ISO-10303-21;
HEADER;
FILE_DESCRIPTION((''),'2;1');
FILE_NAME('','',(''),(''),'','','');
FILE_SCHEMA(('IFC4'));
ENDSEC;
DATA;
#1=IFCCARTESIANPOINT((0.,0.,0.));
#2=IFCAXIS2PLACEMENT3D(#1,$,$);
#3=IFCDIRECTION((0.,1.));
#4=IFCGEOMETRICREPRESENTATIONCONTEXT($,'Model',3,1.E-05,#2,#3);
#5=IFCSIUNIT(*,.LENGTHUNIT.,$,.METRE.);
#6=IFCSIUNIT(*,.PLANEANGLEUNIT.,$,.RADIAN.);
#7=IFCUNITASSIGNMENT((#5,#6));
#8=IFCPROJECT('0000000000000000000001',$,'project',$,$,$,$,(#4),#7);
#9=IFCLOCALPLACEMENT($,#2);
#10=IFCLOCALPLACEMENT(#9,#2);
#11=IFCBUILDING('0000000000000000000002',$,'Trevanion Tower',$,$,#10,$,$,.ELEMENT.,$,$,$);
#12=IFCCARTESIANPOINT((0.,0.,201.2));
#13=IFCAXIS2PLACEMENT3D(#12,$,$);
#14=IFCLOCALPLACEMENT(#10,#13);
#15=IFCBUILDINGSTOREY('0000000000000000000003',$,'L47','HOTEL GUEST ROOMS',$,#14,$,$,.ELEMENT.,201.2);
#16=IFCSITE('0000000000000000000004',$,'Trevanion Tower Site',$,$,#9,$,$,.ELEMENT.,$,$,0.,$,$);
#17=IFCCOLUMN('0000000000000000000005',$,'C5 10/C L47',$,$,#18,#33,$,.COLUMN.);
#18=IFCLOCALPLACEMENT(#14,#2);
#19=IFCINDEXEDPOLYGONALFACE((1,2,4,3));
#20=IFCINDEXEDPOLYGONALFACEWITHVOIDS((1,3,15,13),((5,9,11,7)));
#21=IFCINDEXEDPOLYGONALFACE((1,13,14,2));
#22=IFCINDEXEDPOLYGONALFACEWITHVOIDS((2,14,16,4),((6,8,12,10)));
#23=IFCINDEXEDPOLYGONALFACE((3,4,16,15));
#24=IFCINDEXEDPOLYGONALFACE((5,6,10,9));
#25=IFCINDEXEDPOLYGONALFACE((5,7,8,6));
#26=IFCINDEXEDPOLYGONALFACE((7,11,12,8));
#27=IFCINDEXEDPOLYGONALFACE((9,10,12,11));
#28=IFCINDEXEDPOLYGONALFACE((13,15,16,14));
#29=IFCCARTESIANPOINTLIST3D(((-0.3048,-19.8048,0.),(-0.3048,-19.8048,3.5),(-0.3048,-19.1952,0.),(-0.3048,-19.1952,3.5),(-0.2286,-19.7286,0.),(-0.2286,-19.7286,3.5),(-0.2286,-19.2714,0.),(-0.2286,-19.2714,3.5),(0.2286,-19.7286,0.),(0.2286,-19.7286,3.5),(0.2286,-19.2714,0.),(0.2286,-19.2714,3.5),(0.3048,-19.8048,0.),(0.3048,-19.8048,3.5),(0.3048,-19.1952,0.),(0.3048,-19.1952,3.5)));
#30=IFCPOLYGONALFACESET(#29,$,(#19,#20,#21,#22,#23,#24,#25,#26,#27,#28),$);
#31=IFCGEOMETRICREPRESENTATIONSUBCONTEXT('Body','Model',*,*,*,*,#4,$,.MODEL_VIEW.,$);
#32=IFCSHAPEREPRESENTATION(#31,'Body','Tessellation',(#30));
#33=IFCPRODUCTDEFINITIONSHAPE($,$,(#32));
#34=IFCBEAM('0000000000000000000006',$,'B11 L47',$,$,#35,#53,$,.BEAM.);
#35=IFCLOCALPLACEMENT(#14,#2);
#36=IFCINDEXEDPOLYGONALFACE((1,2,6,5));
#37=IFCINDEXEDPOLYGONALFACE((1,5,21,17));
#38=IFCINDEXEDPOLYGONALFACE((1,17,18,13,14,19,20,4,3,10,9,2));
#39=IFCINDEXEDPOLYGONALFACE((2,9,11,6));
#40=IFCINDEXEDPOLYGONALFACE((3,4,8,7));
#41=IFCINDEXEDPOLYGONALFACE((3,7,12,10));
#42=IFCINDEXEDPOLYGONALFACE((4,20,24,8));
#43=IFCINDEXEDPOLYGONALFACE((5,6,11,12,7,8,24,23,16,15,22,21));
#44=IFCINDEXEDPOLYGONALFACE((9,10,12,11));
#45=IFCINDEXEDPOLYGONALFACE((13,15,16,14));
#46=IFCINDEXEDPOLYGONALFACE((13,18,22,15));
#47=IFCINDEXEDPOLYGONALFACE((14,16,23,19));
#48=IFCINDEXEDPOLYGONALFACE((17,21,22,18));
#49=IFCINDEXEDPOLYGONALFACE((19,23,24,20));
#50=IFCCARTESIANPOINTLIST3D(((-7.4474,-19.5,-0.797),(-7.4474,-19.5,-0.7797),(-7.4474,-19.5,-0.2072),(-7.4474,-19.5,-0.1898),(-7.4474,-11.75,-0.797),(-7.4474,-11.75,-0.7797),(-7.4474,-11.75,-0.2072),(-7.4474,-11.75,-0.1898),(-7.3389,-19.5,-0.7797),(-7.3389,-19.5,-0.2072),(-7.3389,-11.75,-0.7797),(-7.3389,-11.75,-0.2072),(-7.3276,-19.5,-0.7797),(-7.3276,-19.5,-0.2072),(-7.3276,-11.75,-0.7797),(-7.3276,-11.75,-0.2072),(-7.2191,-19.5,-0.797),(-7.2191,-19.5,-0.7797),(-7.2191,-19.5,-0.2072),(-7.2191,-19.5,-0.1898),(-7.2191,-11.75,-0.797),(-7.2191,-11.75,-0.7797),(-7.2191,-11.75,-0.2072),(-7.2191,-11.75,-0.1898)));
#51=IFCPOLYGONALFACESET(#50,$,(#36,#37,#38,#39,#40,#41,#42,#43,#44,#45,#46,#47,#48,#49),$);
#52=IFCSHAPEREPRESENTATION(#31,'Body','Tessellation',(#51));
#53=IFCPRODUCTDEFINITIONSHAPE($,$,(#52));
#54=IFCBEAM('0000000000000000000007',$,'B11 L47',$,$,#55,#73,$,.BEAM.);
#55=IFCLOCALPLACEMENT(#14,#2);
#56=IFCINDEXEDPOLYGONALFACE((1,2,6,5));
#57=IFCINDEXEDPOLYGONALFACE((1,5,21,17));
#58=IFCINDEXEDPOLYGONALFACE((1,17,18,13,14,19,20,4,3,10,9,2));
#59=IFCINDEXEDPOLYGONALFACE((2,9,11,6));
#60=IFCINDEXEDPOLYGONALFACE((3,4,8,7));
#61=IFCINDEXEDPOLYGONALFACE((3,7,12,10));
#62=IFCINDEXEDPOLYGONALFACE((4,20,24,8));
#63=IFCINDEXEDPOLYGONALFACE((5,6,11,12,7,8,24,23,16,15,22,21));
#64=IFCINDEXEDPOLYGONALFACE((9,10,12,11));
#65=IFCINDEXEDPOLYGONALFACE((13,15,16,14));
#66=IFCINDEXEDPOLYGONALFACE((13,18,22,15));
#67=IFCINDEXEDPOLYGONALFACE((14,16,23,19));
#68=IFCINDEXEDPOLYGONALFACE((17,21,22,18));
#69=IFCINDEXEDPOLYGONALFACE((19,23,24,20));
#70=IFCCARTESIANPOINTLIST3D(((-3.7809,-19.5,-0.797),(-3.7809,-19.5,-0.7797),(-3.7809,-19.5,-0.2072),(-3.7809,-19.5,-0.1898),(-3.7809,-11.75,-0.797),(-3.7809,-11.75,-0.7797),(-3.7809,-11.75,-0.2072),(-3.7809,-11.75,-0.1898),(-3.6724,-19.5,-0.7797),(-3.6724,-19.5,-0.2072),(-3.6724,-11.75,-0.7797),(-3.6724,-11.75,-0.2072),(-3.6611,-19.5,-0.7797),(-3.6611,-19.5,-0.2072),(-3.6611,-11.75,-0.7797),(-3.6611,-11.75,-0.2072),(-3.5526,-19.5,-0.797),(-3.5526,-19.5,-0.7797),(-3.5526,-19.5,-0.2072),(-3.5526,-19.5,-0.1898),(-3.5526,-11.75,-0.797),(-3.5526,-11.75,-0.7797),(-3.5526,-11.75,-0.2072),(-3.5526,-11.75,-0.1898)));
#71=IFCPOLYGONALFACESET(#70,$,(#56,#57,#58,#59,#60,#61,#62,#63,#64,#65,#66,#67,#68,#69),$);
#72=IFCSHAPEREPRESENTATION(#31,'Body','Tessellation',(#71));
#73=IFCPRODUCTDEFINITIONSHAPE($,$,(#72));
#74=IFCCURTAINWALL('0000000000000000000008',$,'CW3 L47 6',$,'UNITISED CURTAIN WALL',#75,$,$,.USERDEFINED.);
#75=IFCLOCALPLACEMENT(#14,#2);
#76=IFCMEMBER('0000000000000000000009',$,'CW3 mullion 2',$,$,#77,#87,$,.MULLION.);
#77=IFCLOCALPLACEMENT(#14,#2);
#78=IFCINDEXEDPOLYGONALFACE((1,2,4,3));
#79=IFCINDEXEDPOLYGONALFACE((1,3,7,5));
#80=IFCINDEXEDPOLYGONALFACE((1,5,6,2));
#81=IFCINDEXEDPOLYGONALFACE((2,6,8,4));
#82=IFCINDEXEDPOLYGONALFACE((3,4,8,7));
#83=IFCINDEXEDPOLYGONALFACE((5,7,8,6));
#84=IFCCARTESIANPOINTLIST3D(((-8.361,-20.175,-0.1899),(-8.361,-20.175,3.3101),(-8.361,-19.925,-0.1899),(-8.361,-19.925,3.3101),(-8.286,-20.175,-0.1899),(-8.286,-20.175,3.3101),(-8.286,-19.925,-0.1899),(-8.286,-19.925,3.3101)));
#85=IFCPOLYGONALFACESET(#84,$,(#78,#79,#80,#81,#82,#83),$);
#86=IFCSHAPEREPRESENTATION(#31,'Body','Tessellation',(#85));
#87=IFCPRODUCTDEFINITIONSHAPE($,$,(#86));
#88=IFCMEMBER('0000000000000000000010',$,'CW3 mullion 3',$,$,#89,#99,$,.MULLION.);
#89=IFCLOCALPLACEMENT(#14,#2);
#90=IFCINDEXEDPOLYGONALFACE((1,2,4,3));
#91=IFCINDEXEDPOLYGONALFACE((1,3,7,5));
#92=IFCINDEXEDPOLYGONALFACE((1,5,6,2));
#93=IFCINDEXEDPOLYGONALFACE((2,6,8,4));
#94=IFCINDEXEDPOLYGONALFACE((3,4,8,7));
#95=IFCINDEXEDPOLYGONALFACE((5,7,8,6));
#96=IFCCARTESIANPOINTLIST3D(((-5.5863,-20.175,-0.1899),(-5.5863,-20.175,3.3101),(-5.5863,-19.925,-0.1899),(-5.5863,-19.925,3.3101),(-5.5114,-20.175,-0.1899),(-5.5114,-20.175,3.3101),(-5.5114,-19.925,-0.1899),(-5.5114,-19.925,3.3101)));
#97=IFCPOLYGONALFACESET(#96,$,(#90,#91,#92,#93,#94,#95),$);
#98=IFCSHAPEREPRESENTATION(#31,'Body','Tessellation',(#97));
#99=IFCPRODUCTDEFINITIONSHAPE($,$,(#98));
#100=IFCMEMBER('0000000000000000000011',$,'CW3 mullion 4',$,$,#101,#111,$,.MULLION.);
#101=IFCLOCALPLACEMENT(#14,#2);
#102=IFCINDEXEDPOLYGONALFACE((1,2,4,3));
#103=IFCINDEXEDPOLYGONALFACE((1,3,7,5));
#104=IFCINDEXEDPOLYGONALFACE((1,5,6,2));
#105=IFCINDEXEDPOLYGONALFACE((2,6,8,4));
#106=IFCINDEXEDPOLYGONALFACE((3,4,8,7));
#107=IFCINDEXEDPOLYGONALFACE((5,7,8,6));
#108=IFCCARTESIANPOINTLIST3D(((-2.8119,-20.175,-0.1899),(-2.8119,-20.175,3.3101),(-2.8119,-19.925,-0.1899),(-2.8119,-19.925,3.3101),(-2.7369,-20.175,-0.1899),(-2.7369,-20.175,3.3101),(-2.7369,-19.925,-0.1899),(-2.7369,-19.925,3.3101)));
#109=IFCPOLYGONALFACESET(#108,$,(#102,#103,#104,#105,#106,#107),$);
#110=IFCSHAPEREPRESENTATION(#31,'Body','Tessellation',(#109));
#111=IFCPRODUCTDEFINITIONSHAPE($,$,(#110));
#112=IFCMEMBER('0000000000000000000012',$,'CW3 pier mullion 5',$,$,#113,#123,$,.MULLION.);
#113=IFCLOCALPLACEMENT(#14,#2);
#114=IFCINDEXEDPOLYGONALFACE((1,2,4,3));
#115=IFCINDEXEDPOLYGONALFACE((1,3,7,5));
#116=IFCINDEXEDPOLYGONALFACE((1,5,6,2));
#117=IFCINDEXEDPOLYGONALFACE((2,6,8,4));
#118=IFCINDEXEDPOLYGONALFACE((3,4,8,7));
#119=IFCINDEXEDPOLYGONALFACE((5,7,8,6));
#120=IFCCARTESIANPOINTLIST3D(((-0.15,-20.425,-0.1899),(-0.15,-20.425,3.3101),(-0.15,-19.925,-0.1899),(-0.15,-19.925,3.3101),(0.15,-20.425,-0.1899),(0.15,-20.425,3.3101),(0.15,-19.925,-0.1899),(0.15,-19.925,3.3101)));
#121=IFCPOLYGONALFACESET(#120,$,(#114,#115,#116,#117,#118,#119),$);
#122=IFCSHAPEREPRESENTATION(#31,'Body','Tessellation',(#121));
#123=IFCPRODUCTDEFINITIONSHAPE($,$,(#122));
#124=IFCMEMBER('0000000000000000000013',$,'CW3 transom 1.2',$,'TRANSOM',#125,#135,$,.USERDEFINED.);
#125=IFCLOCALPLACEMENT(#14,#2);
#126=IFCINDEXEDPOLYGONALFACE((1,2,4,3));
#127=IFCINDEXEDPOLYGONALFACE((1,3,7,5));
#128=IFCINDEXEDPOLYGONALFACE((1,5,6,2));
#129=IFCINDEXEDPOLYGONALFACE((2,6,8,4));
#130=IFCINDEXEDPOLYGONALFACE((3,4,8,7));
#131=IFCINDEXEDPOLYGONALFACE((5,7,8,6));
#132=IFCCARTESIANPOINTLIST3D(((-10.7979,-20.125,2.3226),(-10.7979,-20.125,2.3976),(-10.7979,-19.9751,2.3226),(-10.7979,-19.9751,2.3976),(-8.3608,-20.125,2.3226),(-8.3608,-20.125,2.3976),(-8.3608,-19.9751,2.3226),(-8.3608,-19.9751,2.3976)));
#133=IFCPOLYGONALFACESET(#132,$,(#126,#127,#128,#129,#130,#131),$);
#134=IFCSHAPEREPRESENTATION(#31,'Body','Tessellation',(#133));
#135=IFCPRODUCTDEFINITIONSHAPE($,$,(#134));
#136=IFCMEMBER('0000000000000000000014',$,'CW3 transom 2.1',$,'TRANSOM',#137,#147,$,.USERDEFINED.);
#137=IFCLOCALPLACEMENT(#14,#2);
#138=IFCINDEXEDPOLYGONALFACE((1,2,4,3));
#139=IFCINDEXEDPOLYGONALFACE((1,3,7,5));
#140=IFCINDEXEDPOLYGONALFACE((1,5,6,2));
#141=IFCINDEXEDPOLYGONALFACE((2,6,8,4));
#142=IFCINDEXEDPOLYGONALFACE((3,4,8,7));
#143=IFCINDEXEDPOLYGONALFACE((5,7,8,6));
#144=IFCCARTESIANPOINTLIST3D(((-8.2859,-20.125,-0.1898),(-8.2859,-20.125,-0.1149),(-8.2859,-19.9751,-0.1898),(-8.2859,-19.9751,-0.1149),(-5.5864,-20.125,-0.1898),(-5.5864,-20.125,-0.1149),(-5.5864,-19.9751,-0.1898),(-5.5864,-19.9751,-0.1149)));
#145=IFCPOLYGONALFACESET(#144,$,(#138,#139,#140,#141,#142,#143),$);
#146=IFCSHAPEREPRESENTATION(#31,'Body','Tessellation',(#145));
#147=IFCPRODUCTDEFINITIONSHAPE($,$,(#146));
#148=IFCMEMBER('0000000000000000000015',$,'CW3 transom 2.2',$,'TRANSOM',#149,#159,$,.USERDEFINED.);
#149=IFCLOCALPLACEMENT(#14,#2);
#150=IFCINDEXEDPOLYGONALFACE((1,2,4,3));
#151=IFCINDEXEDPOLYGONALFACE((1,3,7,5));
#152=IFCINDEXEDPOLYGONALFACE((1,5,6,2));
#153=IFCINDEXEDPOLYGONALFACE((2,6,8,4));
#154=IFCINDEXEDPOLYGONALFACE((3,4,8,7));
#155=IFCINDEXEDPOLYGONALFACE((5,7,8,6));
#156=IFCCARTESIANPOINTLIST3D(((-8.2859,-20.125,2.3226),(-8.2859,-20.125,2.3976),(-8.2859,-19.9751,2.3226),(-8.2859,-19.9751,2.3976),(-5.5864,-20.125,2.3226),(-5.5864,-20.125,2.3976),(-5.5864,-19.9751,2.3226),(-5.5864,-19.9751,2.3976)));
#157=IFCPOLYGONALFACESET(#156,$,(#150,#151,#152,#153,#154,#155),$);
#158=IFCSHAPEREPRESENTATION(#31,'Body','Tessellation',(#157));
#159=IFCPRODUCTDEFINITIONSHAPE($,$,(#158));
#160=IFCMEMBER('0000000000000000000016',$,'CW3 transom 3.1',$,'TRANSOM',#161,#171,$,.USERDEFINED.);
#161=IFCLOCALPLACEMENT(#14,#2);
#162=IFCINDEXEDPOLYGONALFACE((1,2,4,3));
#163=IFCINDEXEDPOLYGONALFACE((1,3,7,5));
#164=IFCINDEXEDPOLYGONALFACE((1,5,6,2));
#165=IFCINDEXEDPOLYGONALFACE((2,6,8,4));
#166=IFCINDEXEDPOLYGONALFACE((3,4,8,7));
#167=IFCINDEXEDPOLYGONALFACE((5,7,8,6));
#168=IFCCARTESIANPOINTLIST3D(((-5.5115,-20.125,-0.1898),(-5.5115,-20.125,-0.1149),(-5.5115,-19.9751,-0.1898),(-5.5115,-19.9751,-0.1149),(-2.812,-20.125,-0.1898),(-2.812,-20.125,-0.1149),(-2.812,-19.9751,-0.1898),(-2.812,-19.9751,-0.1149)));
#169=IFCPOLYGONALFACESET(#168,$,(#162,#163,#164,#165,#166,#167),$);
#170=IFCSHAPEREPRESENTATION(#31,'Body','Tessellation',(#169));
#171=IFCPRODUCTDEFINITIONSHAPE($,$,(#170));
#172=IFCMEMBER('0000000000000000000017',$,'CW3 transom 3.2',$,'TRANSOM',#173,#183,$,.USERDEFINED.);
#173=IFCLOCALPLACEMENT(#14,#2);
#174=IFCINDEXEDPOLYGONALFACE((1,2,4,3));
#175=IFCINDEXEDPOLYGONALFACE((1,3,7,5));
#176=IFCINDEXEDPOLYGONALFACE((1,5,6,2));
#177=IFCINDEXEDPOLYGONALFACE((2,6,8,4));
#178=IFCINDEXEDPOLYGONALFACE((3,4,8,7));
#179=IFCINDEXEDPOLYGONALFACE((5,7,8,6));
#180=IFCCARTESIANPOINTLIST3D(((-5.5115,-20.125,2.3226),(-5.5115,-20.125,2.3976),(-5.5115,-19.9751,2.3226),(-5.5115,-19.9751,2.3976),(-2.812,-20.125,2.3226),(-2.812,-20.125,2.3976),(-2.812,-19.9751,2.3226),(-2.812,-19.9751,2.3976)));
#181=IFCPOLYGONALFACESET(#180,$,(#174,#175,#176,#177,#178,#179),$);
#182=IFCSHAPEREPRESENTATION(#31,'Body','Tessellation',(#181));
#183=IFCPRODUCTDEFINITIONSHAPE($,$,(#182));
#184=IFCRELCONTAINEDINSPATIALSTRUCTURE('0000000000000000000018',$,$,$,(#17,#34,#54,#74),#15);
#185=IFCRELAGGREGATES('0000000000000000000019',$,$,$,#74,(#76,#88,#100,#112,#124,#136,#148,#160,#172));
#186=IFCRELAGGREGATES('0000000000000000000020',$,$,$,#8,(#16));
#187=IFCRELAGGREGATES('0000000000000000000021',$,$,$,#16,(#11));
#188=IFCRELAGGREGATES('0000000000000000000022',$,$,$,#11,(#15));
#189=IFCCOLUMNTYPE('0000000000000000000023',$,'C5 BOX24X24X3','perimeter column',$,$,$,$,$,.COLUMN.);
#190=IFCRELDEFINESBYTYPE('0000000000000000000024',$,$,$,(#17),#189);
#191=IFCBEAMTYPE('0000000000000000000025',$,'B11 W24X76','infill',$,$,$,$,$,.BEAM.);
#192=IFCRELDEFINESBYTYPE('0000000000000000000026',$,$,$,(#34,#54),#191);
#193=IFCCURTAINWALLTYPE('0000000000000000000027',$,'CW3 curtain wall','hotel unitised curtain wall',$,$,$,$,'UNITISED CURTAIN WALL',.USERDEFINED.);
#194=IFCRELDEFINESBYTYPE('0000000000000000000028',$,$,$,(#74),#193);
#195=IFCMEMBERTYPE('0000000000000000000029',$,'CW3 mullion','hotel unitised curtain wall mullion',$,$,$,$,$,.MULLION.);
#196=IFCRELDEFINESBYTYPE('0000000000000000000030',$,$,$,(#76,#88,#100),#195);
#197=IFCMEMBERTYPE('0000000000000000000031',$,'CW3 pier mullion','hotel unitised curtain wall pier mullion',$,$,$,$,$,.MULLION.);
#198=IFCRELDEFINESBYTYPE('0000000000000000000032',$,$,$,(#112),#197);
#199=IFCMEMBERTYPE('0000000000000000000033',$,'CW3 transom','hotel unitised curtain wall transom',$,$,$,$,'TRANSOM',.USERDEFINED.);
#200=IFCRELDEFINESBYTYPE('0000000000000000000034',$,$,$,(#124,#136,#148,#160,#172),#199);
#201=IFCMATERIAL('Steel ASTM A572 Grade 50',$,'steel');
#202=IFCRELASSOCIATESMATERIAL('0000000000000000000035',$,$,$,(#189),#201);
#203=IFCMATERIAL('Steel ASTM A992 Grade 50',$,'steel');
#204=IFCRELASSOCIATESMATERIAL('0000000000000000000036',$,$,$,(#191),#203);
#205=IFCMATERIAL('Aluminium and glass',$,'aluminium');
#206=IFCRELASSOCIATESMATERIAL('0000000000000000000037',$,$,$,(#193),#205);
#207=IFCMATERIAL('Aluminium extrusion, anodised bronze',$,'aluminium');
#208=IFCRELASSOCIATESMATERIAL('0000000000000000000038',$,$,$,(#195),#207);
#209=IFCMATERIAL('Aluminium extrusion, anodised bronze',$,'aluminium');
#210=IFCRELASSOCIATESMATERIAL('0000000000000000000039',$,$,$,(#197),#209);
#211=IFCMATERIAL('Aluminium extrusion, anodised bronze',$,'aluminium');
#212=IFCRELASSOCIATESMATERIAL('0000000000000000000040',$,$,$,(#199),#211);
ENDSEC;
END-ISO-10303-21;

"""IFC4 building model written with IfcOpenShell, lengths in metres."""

from ifc_helpers import new_model, si_unit, direction, frame, origin, origin_2d, place, context, subcontext, project, spatial, rectangle, hollow_rectangle, i_section, extrude, material, material_profile, profile_set, type_object, element, aggregate, save


model = new_model("IFC4")

# Units and contexts
model_context = context("Model", 3, precision=1e-05, world=origin(), true_north=direction((0.0, 1.0)))
body_context = subcontext(model_context, "Body", "Model", "MODEL_VIEW")
ifc_project = project(units=[si_unit("LENGTHUNIT", "METRE"), si_unit("PLANEANGLEUNIT", "RADIAN")], contexts=[model_context])

# Site, building, storey
site_placement = place(None, origin())
site = spatial("IfcSite", under=ifc_project, at=site_placement, Name="Trevanion Tower Site", CompositionType="ELEMENT", RefElevation=0.0)
building_placement = place(site_placement, origin())
building = spatial("IfcBuilding", under=site, at=building_placement, Name="Trevanion Tower", CompositionType="ELEMENT")
storey_placement = place(building_placement, frame((0.0, 0.0, 201.2)))
storey = spatial("IfcBuildingStorey", under=building, at=storey_placement, Name="L47", Description="HOTEL GUEST ROOMS", CompositionType="ELEMENT", Elevation=201.2)

# Column
ifc_material_1 = material(Name="Steel ASTM A572 Grade 50", Category="steel")
ifc_material_profile_1 = material_profile(ifc_material_1, hollow_rectangle(XDim=0.6096, YDim=0.6096, WallThickness=0.0762, at=origin_2d()), Name="BOX24X24X3")
ifc_profile_set_1 = profile_set([ifc_material_profile_1], Name="Steel ASTM A572 Grade 50")
column_type = type_object("IfcColumnType", Name="C5 BOX24X24X3", Description="perimeter column", PredefinedType="COLUMN", material=ifc_profile_set_1)
column_placement = place(storey_placement, frame((0.0, -19.5, 0.0), z_axis=(0.0, 0.0, 1.0), x_axis=(1.0, 0.0, 0.0)))
element("IfcColumn", 1, at=column_placement, inside=storey, type_object=column_type, Name="C5 10/C L47", PredefinedType="COLUMN", context=body_context, shape_type="SweptSolid", body=[
    extrude(hollow_rectangle(XDim=0.6096, YDim=0.6096, WallThickness=0.0762, at=origin_2d()), origin(), (0.0, 0.0, 1.0), 3.5),
])

# Beams
ifc_material_2 = material(Name="Steel ASTM A992 Grade 50", Category="steel")
ifc_material_profile_2 = material_profile(ifc_material_2, i_section(OverallWidth=0.2283, OverallDepth=0.6072, WebThickness=0.0112, FlangeThickness=0.0173, at=origin_2d()), Name="W24X76")
ifc_profile_set_2 = profile_set([ifc_material_profile_2], Name="Steel ASTM A992 Grade 50")
beam_type_1 = type_object("IfcBeamType", Name="B11 W24X76", Description="infill", PredefinedType="BEAM", material=ifc_profile_set_2)
for number, where, z_axis, x_axis, name in (
    (2, (-7.3333, -11.75, -0.4934), (0.0, -1.0, 0.0), (1.0, 0.0, 0.0), "B11 L47"),
    (3, (-3.6667, -11.75, -0.4934), (0.0, -1.0, 0.0), (1.0, 0.0, 0.0), "B11 L47"),
):
    element("IfcBeam", number, at=place(storey_placement, frame(where, z_axis=z_axis, x_axis=x_axis)), inside=storey, type_object=beam_type_1, Name=name, PredefinedType="BEAM", context=body_context, shape_type="SweptSolid", body=[
        extrude(i_section(OverallWidth=0.2283, OverallDepth=0.6072, WebThickness=0.0112, FlangeThickness=0.0173, at=origin_2d()), origin(), (0.0, 0.0, 1.0), 7.75),
    ])

# Curtain wall, members
ifc_material_3 = material(Name="Aluminium and glass", Category="aluminium")
curtain_wall_type = type_object("IfcCurtainWallType", Name="CW3 curtain wall", Description="hotel unitised curtain wall", ElementType="UNITISED CURTAIN WALL", PredefinedType="USERDEFINED", material=ifc_material_3)
curtain_wall_placement = place(storey_placement, origin())
curtain_wall = element("IfcCurtainWall", 4, at=curtain_wall_placement, inside=storey, type_object=curtain_wall_type, Name="CW3 L47 6", ObjectType="UNITISED CURTAIN WALL", PredefinedType="USERDEFINED")
ifc_material_4 = material(Name="Aluminium extrusion, anodised bronze", Category="aluminium")
ifc_material_profile_3 = material_profile(ifc_material_4, rectangle(XDim=0.075, YDim=0.25, at=origin_2d()), Name="CW3 mullion")
ifc_profile_set_3 = profile_set([ifc_material_profile_3], Name="Aluminium extrusion, anodised bronze")
member_type_1 = type_object("IfcMemberType", Name="CW3 mullion", Description="hotel unitised curtain wall mullion", PredefinedType="MULLION", material=ifc_profile_set_3)
member_1_placement = place(storey_placement, frame((-8.3235, -20.05, -0.1899), z_axis=(0.0, 0.0, 1.0), x_axis=(1.0, 0.0, 0.0)))
member_1 = element("IfcMember", 5, at=member_1_placement, type_object=member_type_1, Name="CW3 mullion 2", PredefinedType="MULLION", context=body_context, shape_type="SweptSolid", body=[
    extrude(rectangle(XDim=0.075, YDim=0.25, at=origin_2d()), origin(), (0.0, 0.0, 1.0), 3.5),
])
member_2_placement = place(storey_placement, frame((-5.5488, -20.05, -0.1899), z_axis=(0.0, 0.0, 1.0), x_axis=(1.0, 0.0, 0.0)))
member_2 = element("IfcMember", 6, at=member_2_placement, type_object=member_type_1, Name="CW3 mullion 3", PredefinedType="MULLION", context=body_context, shape_type="SweptSolid", body=[
    extrude(rectangle(XDim=0.075, YDim=0.25, at=origin_2d()), origin(), (0.0, 0.0, 1.0), 3.5),
])
member_3_placement = place(storey_placement, frame((-2.7744, -20.05, -0.1899), z_axis=(0.0, 0.0, 1.0), x_axis=(1.0, 0.0, 0.0)))
member_3 = element("IfcMember", 7, at=member_3_placement, type_object=member_type_1, Name="CW3 mullion 4", PredefinedType="MULLION", context=body_context, shape_type="SweptSolid", body=[
    extrude(rectangle(XDim=0.075, YDim=0.25, at=origin_2d()), origin(), (0.0, 0.0, 1.0), 3.5),
])
ifc_material_5 = material(Name="Aluminium extrusion, anodised bronze", Category="aluminium")
ifc_material_profile_4 = material_profile(ifc_material_5, rectangle(XDim=0.3, YDim=0.5, at=origin_2d()), Name="CW3 pier mullion")
ifc_profile_set_4 = profile_set([ifc_material_profile_4], Name="Aluminium extrusion, anodised bronze")
member_type_2 = type_object("IfcMemberType", Name="CW3 pier mullion", Description="hotel unitised curtain wall pier mullion", PredefinedType="MULLION", material=ifc_profile_set_4)
member_4_placement = place(storey_placement, frame((0.0, -20.175, -0.1899), z_axis=(0.0, 0.0, 1.0), x_axis=(1.0, 0.0, 0.0)))
member_4 = element("IfcMember", 8, at=member_4_placement, type_object=member_type_2, Name="CW3 pier mullion 5", PredefinedType="MULLION", context=body_context, shape_type="SweptSolid", body=[
    extrude(rectangle(XDim=0.3, YDim=0.5, at=origin_2d()), origin(), (0.0, 0.0, 1.0), 3.5),
])
ifc_material_6 = material(Name="Aluminium extrusion, anodised bronze", Category="aluminium")
ifc_material_profile_5 = material_profile(ifc_material_6, rectangle(XDim=0.1499, YDim=0.075, at=origin_2d()), Name="CW3 transom")
ifc_profile_set_5 = profile_set([ifc_material_profile_5], Name="Aluminium extrusion, anodised bronze")
member_type_3 = type_object("IfcMemberType", Name="CW3 transom", Description="hotel unitised curtain wall transom", ElementType="TRANSOM", PredefinedType="USERDEFINED", material=ifc_profile_set_5)
member_5_placement = place(storey_placement, frame((-10.7979, -20.05, 2.3601), z_axis=(1.0, 0.0, 0.0), x_axis=(0.0, 1.0, 0.0)))
member_5 = element("IfcMember", 9, at=member_5_placement, type_object=member_type_3, Name="CW3 transom 1.2", ObjectType="TRANSOM", PredefinedType="USERDEFINED", context=body_context, shape_type="SweptSolid", body=[
    extrude(rectangle(XDim=0.1499, YDim=0.075, at=origin_2d()), origin(), (0.0, 0.0, 1.0), 2.437),
])
member_6_placement = place(storey_placement, frame((-8.2859, -20.05, -0.1523), z_axis=(1.0, 0.0, 0.0), x_axis=(0.0, 1.0, 0.0)))
member_6 = element("IfcMember", 10, at=member_6_placement, type_object=member_type_3, Name="CW3 transom 2.1", ObjectType="TRANSOM", PredefinedType="USERDEFINED", context=body_context, shape_type="SweptSolid", body=[
    extrude(rectangle(XDim=0.1499, YDim=0.075, at=origin_2d()), origin(), (0.0, 0.0, 1.0), 2.6995),
])
member_7_placement = place(storey_placement, frame((-8.2859, -20.05, 2.3601), z_axis=(1.0, 0.0, 0.0), x_axis=(0.0, 1.0, 0.0)))
member_7 = element("IfcMember", 11, at=member_7_placement, type_object=member_type_3, Name="CW3 transom 2.2", ObjectType="TRANSOM", PredefinedType="USERDEFINED", context=body_context, shape_type="SweptSolid", body=[
    extrude(rectangle(XDim=0.1499, YDim=0.075, at=origin_2d()), origin(), (0.0, 0.0, 1.0), 2.6995),
])
member_8_placement = place(storey_placement, frame((-5.5115, -20.05, -0.1523), z_axis=(1.0, 0.0, 0.0), x_axis=(0.0, 1.0, 0.0)))
member_8 = element("IfcMember", 12, at=member_8_placement, type_object=member_type_3, Name="CW3 transom 3.1", ObjectType="TRANSOM", PredefinedType="USERDEFINED", context=body_context, shape_type="SweptSolid", body=[
    extrude(rectangle(XDim=0.1499, YDim=0.075, at=origin_2d()), origin(), (0.0, 0.0, 1.0), 2.6995),
])
member_9_placement = place(storey_placement, frame((-5.5115, -20.05, 2.3601), z_axis=(1.0, 0.0, 0.0), x_axis=(0.0, 1.0, 0.0)))
member_9 = element("IfcMember", 13, at=member_9_placement, type_object=member_type_3, Name="CW3 transom 3.2", ObjectType="TRANSOM", PredefinedType="USERDEFINED", context=body_context, shape_type="SweptSolid", body=[
    extrude(rectangle(XDim=0.1499, YDim=0.075, at=origin_2d()), origin(), (0.0, 0.0, 1.0), 2.6995),
])

aggregate(curtain_wall, [member_1, member_2, member_3, member_4, member_5, member_6, member_7, member_8, member_9])

save(model, "model.ifc")
